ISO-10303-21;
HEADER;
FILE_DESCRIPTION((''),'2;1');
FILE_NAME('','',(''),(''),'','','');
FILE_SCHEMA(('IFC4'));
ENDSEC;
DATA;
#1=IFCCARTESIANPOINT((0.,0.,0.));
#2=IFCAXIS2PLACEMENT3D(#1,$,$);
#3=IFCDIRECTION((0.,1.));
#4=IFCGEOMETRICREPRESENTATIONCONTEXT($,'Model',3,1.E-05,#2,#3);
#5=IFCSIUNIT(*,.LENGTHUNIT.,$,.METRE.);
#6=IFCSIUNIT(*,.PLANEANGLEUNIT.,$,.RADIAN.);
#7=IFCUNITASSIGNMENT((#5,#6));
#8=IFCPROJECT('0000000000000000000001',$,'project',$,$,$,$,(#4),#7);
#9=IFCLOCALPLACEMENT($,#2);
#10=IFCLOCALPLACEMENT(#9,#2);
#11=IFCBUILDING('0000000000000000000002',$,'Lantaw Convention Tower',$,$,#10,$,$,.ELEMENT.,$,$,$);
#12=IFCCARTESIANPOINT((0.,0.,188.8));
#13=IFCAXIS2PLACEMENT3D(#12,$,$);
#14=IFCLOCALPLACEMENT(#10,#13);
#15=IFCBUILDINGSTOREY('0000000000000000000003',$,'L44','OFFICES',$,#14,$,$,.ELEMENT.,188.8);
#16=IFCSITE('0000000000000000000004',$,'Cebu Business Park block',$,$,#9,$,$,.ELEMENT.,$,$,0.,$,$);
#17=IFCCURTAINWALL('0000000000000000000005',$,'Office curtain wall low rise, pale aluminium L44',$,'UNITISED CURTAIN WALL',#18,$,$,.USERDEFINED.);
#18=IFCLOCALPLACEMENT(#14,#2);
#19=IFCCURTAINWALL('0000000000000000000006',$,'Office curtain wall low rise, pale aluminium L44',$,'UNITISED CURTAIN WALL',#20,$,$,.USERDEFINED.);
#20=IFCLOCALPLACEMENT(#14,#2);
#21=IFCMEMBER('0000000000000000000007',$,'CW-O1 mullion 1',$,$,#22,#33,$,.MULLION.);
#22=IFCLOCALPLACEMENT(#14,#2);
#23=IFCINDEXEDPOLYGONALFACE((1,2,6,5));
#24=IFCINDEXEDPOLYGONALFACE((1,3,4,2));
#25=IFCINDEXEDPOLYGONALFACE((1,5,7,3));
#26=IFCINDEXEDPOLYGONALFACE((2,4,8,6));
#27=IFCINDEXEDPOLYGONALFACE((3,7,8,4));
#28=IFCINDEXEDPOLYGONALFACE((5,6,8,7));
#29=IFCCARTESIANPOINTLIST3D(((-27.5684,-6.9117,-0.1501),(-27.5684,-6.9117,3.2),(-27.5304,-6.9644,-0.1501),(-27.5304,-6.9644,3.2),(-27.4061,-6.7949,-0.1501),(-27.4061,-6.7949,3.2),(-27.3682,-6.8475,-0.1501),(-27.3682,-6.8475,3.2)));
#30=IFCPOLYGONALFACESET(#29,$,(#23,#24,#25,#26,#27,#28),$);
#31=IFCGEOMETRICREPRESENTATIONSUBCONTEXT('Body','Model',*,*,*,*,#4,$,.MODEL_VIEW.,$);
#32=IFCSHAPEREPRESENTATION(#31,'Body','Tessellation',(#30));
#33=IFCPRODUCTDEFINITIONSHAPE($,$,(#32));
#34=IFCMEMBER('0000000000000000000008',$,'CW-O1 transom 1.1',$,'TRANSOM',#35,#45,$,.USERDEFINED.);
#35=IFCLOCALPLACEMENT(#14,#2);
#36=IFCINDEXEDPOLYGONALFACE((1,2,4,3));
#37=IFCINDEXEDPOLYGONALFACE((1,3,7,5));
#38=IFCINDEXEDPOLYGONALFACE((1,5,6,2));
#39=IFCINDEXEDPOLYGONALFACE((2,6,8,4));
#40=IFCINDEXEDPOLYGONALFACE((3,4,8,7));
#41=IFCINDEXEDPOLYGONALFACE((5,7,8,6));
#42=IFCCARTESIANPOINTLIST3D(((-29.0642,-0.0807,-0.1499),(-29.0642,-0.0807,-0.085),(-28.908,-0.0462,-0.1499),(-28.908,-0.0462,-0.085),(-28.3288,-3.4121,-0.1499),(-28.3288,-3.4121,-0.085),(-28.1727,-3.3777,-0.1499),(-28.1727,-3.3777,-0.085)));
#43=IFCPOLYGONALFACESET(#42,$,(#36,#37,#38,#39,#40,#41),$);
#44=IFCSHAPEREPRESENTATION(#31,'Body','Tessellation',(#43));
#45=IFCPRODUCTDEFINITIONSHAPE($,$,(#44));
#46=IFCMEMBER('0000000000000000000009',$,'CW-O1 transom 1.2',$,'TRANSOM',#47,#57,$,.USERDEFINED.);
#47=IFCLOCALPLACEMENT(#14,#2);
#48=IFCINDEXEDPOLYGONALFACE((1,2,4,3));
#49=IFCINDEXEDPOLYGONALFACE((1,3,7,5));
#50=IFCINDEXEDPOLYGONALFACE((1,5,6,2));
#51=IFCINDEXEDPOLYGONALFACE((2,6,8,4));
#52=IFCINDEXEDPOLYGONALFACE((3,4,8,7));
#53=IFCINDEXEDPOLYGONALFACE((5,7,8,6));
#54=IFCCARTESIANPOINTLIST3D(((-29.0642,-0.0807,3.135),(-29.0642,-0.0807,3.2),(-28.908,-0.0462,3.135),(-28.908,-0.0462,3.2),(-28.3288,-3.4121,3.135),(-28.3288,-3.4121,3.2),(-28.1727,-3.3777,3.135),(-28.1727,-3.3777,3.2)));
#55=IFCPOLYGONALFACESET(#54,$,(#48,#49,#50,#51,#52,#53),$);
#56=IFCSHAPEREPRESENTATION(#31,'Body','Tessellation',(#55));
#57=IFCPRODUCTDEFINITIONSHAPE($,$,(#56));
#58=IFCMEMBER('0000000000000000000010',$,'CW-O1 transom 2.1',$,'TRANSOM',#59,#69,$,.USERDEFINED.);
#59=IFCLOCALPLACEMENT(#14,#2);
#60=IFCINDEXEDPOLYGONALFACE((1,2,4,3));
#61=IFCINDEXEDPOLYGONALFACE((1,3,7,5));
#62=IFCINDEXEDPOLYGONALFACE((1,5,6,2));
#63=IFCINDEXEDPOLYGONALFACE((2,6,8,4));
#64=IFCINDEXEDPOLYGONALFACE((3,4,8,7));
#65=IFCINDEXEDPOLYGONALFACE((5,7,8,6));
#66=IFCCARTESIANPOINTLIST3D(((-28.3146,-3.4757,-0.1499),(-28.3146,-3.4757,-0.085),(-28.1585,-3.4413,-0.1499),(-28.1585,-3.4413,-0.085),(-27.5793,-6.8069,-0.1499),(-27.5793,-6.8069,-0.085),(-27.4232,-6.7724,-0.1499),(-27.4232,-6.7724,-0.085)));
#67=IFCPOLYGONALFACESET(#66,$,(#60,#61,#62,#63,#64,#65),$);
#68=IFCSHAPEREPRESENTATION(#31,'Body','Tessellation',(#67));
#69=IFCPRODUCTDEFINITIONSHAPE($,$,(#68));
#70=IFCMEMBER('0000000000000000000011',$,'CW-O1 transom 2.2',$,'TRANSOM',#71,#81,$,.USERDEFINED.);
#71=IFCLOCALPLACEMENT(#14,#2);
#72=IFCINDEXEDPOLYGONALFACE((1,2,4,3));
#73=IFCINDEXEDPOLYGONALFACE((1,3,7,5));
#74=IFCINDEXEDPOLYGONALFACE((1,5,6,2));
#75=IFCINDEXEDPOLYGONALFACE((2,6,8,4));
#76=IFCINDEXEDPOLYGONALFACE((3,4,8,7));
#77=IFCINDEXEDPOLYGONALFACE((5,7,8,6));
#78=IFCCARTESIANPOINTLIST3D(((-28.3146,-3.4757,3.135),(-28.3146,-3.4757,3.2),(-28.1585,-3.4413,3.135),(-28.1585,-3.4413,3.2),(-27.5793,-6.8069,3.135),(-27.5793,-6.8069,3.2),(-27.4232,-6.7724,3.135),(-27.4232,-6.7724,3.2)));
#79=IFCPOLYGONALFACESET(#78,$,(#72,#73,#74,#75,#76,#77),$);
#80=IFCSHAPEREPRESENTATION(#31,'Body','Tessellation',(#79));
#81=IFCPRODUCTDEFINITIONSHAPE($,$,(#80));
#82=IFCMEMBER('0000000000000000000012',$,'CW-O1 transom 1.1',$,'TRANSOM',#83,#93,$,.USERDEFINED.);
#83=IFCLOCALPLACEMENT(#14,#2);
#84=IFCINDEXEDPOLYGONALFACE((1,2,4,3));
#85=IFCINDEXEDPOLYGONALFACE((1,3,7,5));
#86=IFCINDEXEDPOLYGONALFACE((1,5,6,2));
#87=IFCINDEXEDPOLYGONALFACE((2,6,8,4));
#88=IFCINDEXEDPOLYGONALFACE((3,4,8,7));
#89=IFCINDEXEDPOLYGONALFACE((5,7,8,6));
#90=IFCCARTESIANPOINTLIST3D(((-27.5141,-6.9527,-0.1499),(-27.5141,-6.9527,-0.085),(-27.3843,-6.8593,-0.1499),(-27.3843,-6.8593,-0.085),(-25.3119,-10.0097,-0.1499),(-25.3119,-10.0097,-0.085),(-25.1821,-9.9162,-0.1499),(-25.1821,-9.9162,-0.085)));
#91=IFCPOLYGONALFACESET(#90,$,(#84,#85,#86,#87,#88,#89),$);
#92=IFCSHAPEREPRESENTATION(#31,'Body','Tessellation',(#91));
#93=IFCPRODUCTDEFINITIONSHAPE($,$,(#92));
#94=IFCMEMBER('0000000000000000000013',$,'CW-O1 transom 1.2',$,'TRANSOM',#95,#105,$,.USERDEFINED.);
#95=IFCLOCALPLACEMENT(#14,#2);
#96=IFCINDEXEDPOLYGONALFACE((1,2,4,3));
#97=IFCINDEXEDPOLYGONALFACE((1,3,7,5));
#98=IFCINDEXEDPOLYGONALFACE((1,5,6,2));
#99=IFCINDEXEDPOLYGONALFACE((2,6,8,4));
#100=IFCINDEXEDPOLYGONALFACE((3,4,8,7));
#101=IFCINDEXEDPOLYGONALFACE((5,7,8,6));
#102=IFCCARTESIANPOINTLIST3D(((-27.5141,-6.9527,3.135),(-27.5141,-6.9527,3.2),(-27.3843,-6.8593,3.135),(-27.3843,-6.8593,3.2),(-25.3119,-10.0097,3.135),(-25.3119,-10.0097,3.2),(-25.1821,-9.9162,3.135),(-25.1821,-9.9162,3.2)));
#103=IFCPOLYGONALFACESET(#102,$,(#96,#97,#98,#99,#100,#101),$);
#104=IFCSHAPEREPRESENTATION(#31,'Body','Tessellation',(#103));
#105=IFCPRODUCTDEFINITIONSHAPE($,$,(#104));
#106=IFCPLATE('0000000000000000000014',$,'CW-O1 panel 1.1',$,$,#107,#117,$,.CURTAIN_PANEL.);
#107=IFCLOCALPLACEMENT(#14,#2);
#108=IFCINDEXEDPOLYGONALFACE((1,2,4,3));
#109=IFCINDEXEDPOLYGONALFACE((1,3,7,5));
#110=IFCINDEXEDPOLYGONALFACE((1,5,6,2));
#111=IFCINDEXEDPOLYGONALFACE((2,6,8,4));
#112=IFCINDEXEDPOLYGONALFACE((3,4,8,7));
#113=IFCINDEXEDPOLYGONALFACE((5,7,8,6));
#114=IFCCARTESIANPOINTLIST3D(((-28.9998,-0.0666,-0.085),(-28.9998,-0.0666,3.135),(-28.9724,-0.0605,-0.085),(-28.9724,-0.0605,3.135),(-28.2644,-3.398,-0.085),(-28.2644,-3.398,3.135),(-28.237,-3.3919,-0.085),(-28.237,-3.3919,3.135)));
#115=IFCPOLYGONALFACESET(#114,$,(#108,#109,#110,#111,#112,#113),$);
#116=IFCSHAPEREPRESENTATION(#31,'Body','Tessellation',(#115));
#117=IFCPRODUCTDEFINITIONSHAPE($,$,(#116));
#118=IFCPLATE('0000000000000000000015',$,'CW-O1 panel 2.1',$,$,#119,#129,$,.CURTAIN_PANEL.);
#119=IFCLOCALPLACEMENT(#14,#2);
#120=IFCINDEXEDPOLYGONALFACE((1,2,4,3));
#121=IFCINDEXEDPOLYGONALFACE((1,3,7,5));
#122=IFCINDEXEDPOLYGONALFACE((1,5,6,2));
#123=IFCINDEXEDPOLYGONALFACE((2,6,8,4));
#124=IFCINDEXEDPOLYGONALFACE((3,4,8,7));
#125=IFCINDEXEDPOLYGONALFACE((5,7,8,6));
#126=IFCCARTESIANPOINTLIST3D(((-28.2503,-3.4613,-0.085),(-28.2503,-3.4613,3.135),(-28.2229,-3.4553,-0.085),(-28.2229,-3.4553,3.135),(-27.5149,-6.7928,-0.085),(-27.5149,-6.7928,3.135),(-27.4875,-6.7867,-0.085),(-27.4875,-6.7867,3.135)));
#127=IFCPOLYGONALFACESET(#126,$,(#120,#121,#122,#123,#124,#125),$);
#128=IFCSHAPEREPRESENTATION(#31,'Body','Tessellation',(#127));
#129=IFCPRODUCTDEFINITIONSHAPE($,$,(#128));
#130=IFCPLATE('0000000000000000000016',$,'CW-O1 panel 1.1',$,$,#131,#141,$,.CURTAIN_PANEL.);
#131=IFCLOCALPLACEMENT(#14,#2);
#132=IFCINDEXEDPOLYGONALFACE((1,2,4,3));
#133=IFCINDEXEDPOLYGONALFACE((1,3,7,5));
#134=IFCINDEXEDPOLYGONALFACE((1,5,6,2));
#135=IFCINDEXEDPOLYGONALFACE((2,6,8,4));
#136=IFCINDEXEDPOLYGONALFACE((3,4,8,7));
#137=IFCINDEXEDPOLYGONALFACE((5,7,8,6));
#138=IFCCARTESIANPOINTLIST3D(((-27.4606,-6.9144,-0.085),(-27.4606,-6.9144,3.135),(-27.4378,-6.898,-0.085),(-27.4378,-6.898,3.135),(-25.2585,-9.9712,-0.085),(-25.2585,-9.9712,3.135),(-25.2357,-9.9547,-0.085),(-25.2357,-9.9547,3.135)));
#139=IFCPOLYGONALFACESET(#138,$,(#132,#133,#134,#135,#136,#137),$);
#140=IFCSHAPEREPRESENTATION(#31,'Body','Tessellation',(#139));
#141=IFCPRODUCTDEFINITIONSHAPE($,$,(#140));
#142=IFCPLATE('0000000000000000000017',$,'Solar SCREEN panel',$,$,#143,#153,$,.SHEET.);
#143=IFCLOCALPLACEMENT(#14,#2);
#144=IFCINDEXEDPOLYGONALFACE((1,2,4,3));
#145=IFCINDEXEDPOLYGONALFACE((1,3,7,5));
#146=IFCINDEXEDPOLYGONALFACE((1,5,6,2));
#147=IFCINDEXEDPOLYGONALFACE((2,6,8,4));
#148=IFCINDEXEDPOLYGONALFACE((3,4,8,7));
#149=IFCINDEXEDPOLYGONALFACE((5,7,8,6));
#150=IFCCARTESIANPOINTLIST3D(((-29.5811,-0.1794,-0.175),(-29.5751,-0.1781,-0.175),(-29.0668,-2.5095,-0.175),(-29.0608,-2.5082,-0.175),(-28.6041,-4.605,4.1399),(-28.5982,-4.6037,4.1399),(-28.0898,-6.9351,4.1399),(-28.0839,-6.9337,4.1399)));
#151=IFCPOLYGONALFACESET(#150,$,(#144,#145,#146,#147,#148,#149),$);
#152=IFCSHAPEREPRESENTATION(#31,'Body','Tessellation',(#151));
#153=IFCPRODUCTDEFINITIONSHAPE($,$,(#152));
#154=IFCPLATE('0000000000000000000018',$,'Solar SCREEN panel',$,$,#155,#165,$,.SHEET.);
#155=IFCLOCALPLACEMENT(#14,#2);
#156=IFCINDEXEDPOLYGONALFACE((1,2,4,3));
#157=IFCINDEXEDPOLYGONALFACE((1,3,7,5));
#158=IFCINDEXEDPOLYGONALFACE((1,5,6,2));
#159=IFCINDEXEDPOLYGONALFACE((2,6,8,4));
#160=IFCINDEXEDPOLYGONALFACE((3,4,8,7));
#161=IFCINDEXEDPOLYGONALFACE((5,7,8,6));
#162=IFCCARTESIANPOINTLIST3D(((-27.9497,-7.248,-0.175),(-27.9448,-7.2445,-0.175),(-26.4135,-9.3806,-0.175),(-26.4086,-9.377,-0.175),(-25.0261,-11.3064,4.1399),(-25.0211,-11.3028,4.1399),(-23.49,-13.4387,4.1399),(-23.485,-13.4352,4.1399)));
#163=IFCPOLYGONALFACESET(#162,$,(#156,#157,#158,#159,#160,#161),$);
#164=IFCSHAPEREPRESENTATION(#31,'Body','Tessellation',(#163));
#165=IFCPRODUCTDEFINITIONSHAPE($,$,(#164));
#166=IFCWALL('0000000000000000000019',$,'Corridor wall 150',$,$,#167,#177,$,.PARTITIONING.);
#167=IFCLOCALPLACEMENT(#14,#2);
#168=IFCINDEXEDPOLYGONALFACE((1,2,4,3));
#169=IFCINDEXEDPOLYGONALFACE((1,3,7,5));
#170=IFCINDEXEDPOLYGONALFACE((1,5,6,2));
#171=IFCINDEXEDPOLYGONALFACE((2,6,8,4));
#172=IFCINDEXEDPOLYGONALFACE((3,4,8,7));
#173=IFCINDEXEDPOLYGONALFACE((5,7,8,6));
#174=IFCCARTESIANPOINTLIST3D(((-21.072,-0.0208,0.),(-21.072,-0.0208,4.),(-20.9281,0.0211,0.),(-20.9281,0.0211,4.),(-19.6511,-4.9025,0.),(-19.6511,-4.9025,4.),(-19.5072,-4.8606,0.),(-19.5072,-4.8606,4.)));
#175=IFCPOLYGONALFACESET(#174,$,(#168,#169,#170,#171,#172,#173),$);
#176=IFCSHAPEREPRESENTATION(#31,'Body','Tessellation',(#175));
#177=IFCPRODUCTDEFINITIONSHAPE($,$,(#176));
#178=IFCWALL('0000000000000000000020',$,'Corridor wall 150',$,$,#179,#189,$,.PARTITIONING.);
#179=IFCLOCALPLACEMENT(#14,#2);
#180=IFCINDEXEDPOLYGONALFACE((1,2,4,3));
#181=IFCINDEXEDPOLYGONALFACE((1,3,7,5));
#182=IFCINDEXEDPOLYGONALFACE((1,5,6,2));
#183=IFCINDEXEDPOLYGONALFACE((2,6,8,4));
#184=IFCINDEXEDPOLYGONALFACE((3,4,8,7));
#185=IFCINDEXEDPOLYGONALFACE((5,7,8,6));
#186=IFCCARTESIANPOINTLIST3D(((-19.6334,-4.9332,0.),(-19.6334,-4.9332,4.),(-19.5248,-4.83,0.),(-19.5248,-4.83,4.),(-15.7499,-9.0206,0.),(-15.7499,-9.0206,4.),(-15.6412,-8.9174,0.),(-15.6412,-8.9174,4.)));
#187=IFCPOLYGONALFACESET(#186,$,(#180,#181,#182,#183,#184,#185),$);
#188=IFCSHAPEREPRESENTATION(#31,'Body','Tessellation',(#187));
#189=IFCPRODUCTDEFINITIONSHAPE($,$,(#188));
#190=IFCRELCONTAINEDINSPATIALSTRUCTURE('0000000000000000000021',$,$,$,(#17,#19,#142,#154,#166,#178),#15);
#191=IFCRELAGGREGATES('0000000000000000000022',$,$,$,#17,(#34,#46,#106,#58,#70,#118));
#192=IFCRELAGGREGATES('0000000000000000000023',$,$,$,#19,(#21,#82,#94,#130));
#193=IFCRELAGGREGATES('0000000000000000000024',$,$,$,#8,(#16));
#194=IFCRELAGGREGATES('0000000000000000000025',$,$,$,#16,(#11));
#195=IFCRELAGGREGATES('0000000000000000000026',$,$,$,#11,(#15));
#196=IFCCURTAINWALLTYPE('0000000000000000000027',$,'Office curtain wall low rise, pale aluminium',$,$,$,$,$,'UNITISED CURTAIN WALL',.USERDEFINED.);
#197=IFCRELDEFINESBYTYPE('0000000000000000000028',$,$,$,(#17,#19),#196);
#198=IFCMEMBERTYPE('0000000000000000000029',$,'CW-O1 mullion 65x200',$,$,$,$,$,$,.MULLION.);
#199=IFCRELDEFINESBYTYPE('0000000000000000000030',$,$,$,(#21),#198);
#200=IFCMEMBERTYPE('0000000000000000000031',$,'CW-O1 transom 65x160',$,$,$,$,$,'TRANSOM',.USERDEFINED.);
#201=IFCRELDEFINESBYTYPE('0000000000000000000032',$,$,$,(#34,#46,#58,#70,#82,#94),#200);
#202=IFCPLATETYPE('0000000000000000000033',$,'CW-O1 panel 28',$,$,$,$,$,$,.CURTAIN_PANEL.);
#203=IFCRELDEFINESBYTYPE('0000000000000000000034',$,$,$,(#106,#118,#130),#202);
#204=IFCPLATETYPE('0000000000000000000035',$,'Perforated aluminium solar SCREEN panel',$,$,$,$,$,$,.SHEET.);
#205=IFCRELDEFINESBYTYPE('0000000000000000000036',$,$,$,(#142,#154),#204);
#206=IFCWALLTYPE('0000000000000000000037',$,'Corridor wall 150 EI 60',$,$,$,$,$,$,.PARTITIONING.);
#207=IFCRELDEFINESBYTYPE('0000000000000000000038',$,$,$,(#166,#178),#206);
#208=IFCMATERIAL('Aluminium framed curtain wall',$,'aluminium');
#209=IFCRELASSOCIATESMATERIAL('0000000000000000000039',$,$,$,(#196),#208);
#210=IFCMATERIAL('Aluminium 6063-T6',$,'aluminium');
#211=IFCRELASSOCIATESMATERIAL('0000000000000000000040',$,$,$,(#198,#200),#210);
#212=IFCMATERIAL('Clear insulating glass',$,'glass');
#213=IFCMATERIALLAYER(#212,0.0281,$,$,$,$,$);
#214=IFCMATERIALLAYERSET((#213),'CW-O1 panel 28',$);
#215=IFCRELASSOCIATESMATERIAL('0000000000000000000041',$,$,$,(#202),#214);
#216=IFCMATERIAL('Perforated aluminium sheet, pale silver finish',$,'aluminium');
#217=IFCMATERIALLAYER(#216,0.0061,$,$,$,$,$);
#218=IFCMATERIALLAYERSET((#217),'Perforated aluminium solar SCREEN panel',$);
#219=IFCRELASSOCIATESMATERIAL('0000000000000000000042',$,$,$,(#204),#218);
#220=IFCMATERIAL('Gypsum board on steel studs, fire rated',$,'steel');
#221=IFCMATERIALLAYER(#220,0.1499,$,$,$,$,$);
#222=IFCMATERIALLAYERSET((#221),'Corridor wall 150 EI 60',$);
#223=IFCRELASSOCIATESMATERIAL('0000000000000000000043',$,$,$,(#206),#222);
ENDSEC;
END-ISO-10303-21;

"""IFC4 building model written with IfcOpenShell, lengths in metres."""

from ifc_helpers import new_model, si_unit, direction, frame, frame_2d, origin, origin_2d, place, context, subcontext, project, spatial, polyline, rectangle, outline, extrude, material, layer, layer_set, material_profile, profile_set, type_object, element, aggregate, save


model = new_model("IFC4")

# Units and contexts
model_context = context("Model", 3, precision=1e-05, world=origin(), true_north=direction((0.0, 1.0)))
body_context = subcontext(model_context, "Body", "Model", "MODEL_VIEW")
ifc_project = project(units=[si_unit("LENGTHUNIT", "METRE"), si_unit("PLANEANGLEUNIT", "RADIAN")], contexts=[model_context])

# Site, building, storey
site_placement = place(None, origin())
site = spatial("IfcSite", under=ifc_project, at=site_placement, Name="Cebu Business Park block", CompositionType="ELEMENT", RefElevation=0.0)
building_placement = place(site_placement, origin())
building = spatial("IfcBuilding", under=site, at=building_placement, Name="Lantaw Convention Tower", CompositionType="ELEMENT")
storey_placement = place(building_placement, frame((0.0, 0.0, 188.8)))
storey = spatial("IfcBuildingStorey", under=building, at=storey_placement, Name="L44", Description="OFFICES", CompositionType="ELEMENT", Elevation=188.8)

# Curtain wall
ifc_material_1 = material(Name="Aluminium framed curtain wall", Category="aluminium")
curtain_wall_type = type_object("IfcCurtainWallType", Name="Office curtain wall low rise, pale aluminium", ElementType="UNITISED CURTAIN WALL", PredefinedType="USERDEFINED", material=ifc_material_1)
curtain_wall_1_placement = place(storey_placement, origin())
curtain_wall_1 = element("IfcCurtainWall", 1, at=curtain_wall_1_placement, inside=storey, type_object=curtain_wall_type, Name="Office curtain wall low rise, pale aluminium L44", ObjectType="UNITISED CURTAIN WALL", PredefinedType="USERDEFINED")
ifc_material_2 = material(Name="Aluminium 6063-T6", Category="aluminium")
ifc_material_profile_1 = material_profile(ifc_material_2, rectangle(XDim=0.2, YDim=0.0649, at=origin_2d()), Name="CW-O1 mullion 65x200")
ifc_profile_set_1 = profile_set([ifc_material_profile_1], Name="Aluminium 6063-T6")
member_type_1 = type_object("IfcMemberType", Name="CW-O1 mullion 65x200", PredefinedType="MULLION", material=ifc_profile_set_1)

# Curtain wall, member
curtain_wall_2_placement = place(storey_placement, origin())
curtain_wall_2 = element("IfcCurtainWall", 2, at=curtain_wall_2_placement, inside=storey, type_object=curtain_wall_type, Name="Office curtain wall low rise, pale aluminium L44", ObjectType="UNITISED CURTAIN WALL", PredefinedType="USERDEFINED")
member_1_placement = place(storey_placement, frame((-27.4683, -6.8796, -0.1501), z_axis=(0.0, 0.0, 1.0), x_axis=(0.811385, 0.584513, 0.0)))
member_1 = element("IfcMember", 3, at=member_1_placement, type_object=member_type_1, Name="CW-O1 mullion 1", PredefinedType="MULLION", context=body_context, shape_type="SweptSolid", body=[
    extrude(rectangle(XDim=0.2, YDim=0.0649, at=origin_2d()), origin(), (0.0, 0.0, 1.0), 3.3501),
])

# Members
ifc_material_profile_2 = material_profile(ifc_material_2, rectangle(XDim=0.1599, YDim=0.0649, at=origin_2d()), Name="CW-O1 transom 65x160")
ifc_profile_set_2 = profile_set([ifc_material_profile_2], Name="Aluminium 6063-T6")
member_type_2 = type_object("IfcMemberType", Name="CW-O1 transom 65x160", ElementType="TRANSOM", PredefinedType="USERDEFINED", material=ifc_profile_set_2)
member_2_placement = place(storey_placement, frame((-28.9861, -0.0635, -0.1174), z_axis=(0.215536, -0.976496, 0.0), x_axis=(0.976496, 0.215536, 0.0)))
member_2 = element("IfcMember", 4, at=member_2_placement, type_object=member_type_2, Name="CW-O1 transom 1.1", ObjectType="TRANSOM", PredefinedType="USERDEFINED", context=body_context, shape_type="SweptSolid", body=[
    extrude(rectangle(XDim=0.1599, YDim=0.0649, at=origin_2d()), origin(), (0.0, 0.0, 1.0), 3.4116),
])
member_3_placement = place(storey_placement, frame((-28.9861, -0.0635, 3.1675), z_axis=(0.215536, -0.976496, 0.0), x_axis=(0.976496, 0.215536, 0.0)))
member_3 = element("IfcMember", 5, at=member_3_placement, type_object=member_type_2, Name="CW-O1 transom 1.2", ObjectType="TRANSOM", PredefinedType="USERDEFINED", context=body_context, shape_type="SweptSolid", body=[
    extrude(rectangle(XDim=0.1599, YDim=0.0649, at=origin_2d()), origin(), (0.0, 0.0, 1.0), 3.4116),
])
member_4_placement = place(storey_placement, frame((-28.2366, -3.4585, -0.1174), z_axis=(0.215551, -0.976493, 0.0), x_axis=(0.976493, 0.215551, 0.0)))
member_4 = element("IfcMember", 6, at=member_4_placement, type_object=member_type_2, Name="CW-O1 transom 2.1", ObjectType="TRANSOM", PredefinedType="USERDEFINED", context=body_context, shape_type="SweptSolid", body=[
    extrude(rectangle(XDim=0.1599, YDim=0.0649, at=origin_2d()), origin(), (0.0, 0.0, 1.0), 3.4114),
])
member_5_placement = place(storey_placement, frame((-28.2366, -3.4585, 3.1675), z_axis=(0.215551, -0.976493, 0.0), x_axis=(0.976493, 0.215551, 0.0)))
member_5 = element("IfcMember", 7, at=member_5_placement, type_object=member_type_2, Name="CW-O1 transom 2.2", ObjectType="TRANSOM", PredefinedType="USERDEFINED", context=body_context, shape_type="SweptSolid", body=[
    extrude(rectangle(XDim=0.1599, YDim=0.0649, at=origin_2d()), origin(), (0.0, 0.0, 1.0), 3.4114),
])
member_6_placement = place(storey_placement, frame((-27.4492, -6.906, -0.1174), z_axis=(0.584513, -0.811384, 0.0), x_axis=(0.811384, 0.584513, 0.0)))
member_6 = element("IfcMember", 8, at=member_6_placement, type_object=member_type_2, Name="CW-O1 transom 1.1", ObjectType="TRANSOM", PredefinedType="USERDEFINED", context=body_context, shape_type="SweptSolid", body=[
    extrude(rectangle(XDim=0.1599, YDim=0.0649, at=origin_2d()), origin(), (0.0, 0.0, 1.0), 3.7676),
])
member_7_placement = place(storey_placement, frame((-27.4492, -6.906, 3.1675), z_axis=(0.584513, -0.811384, 0.0), x_axis=(0.811384, 0.584513, 0.0)))
member_7 = element("IfcMember", 9, at=member_7_placement, type_object=member_type_2, Name="CW-O1 transom 1.2", ObjectType="TRANSOM", PredefinedType="USERDEFINED", context=body_context, shape_type="SweptSolid", body=[
    extrude(rectangle(XDim=0.1599, YDim=0.0649, at=origin_2d()), origin(), (0.0, 0.0, 1.0), 3.7676),
])

# Plates
ifc_material_3 = material(Name="Clear insulating glass", Category="glass")
ifc_layer_1 = layer(ifc_material_3, 0.0281)
ifc_layer_set_1 = layer_set([ifc_layer_1], Name="CW-O1 panel 28")
plate_type_1 = type_object("IfcPlateType", Name="CW-O1 panel 28", PredefinedType="CURTAIN_PANEL", material=ifc_layer_set_1)
plate_1_placement = place(storey_placement, frame((-28.6184, -1.7292, -0.085), z_axis=(0.0, 0.0, 1.0), x_axis=(0.215546, -0.976494, 0.0)))
plate_1 = element("IfcPlate", 10, at=plate_1_placement, type_object=plate_type_1, Name="CW-O1 panel 1.1", PredefinedType="CURTAIN_PANEL", context=body_context, shape_type="SweptSolid", body=[
    extrude(rectangle(XDim=3.4116, YDim=0.0281, at=origin_2d()), origin(), (0.0, 0.0, 1.0), 3.22),
])
plate_2_placement = place(storey_placement, frame((-27.8689, -5.124, -0.085), z_axis=(0.0, 0.0, 1.0), x_axis=(0.215546, -0.976494, 0.0)))
plate_2 = element("IfcPlate", 11, at=plate_2_placement, type_object=plate_type_1, Name="CW-O1 panel 2.1", PredefinedType="CURTAIN_PANEL", context=body_context, shape_type="SweptSolid", body=[
    extrude(rectangle(XDim=3.4116, YDim=0.0281, at=origin_2d()), origin(), (0.0, 0.0, 1.0), 3.22),
])
aggregate(curtain_wall_1, [member_2, member_3, plate_1, member_4, member_5, plate_2])
plate_3_placement = place(storey_placement, frame((-26.3481, -8.4346, -0.085), z_axis=(0.0, 0.0, 1.0), x_axis=(0.584513, -0.811385, 0.0)))
plate_3 = element("IfcPlate", 12, at=plate_3_placement, type_object=plate_type_1, Name="CW-O1 panel 1.1", PredefinedType="CURTAIN_PANEL", context=body_context, shape_type="SweptSolid", body=[
    extrude(rectangle(XDim=3.7673, YDim=0.0281, at=origin_2d()), origin(), (0.0, 0.0, 1.0), 3.22),
])
aggregate(curtain_wall_2, [member_1, member_6, member_7, plate_3])

# Plates
ifc_material_4 = material(Name="Perforated aluminium sheet, pale silver finish", Category="aluminium")
ifc_layer_2 = layer(ifc_material_4, 0.0061)
ifc_layer_set_2 = layer_set([ifc_layer_2], Name="Perforated aluminium solar SCREEN panel")
plate_type_2 = type_object("IfcPlateType", Name="Perforated aluminium solar SCREEN panel", PredefinedType="SHEET", material=ifc_layer_set_2)
plate_4_placement = place(storey_placement, frame((-29.5811, -0.1794, -0.175), z_axis=(-0.976498, -0.215527, 0.000034), x_axis=(0.215527, -0.976498, 0.0)))
element("IfcPlate", 13, at=plate_4_placement, inside=storey, type_object=plate_type_2, Name="Solar SCREEN panel", PredefinedType="SHEET", context=body_context, shape_type="SweptSolid", body=[
    extrude(outline(polyline([(0.0, 0.0), (2.3862, 0.0), (6.9182, 4.3149), (4.5321, 4.3149), (0.0, 0.0)])), origin(), (0.0, 0.0, -1.0), 0.0061),
])
plate_5_placement = place(storey_placement, frame((-27.9497, -7.248, -0.175), z_axis=(-0.811395, -0.584498, 0.000036), x_axis=(0.584498, -0.811395, 0.0)))
element("IfcPlate", 14, at=plate_5_placement, inside=storey, type_object=plate_type_2, Name="Solar SCREEN panel", PredefinedType="SHEET", context=body_context, shape_type="SweptSolid", body=[
    extrude(outline(polyline([(0.0, 0.0), (2.6282, 0.0), (7.6298, 4.3149), (5.0018, 4.3149), (0.0, 0.0)])), origin(), (0.0, 0.0, -1.0), 0.0061),
])

# Walls
ifc_material_5 = material(Name="Gypsum board on steel studs, fire rated", Category="steel")
ifc_layer_3 = layer(ifc_material_5, 0.1499)
ifc_layer_set_3 = layer_set([ifc_layer_3], Name="Corridor wall 150 EI 60")
wall_type = type_object("IfcWallType", Name="Corridor wall 150 EI 60", PredefinedType="PARTITIONING", material=ifc_layer_set_3)
wall_1_placement = place(storey_placement, frame((-21.0, 0.0, 0.0), z_axis=(0.0, 0.0, 1.0), x_axis=(0.279474, -0.960153, 0.0)))
element("IfcWall", 15, at=wall_1_placement, inside=storey, type_object=wall_type, Name="Corridor wall 150", PredefinedType="PARTITIONING", context=body_context, shape_type="SweptSolid", body=[
    extrude(rectangle(XDim=5.0842, YDim=0.1499, at=frame_2d((2.542, 0.0))), origin(), (0.0, 0.0, 1.0), 4.0),
])
wall_2_placement = place(storey_placement, frame((-19.5791, -4.8816, 0.0), z_axis=(0.0, 0.0, 1.0), x_axis=(0.688797, -0.724954, 0.0)))
element("IfcWall", 16, at=wall_2_placement, inside=storey, type_object=wall_type, Name="Corridor wall 150", PredefinedType="PARTITIONING", context=body_context, shape_type="SweptSolid", body=[
    extrude(rectangle(XDim=5.6382, YDim=0.1499, at=frame_2d((2.8191, 0.0))), origin(), (0.0, 0.0, 1.0), 4.0),
])

save(model, "model.ifc")
